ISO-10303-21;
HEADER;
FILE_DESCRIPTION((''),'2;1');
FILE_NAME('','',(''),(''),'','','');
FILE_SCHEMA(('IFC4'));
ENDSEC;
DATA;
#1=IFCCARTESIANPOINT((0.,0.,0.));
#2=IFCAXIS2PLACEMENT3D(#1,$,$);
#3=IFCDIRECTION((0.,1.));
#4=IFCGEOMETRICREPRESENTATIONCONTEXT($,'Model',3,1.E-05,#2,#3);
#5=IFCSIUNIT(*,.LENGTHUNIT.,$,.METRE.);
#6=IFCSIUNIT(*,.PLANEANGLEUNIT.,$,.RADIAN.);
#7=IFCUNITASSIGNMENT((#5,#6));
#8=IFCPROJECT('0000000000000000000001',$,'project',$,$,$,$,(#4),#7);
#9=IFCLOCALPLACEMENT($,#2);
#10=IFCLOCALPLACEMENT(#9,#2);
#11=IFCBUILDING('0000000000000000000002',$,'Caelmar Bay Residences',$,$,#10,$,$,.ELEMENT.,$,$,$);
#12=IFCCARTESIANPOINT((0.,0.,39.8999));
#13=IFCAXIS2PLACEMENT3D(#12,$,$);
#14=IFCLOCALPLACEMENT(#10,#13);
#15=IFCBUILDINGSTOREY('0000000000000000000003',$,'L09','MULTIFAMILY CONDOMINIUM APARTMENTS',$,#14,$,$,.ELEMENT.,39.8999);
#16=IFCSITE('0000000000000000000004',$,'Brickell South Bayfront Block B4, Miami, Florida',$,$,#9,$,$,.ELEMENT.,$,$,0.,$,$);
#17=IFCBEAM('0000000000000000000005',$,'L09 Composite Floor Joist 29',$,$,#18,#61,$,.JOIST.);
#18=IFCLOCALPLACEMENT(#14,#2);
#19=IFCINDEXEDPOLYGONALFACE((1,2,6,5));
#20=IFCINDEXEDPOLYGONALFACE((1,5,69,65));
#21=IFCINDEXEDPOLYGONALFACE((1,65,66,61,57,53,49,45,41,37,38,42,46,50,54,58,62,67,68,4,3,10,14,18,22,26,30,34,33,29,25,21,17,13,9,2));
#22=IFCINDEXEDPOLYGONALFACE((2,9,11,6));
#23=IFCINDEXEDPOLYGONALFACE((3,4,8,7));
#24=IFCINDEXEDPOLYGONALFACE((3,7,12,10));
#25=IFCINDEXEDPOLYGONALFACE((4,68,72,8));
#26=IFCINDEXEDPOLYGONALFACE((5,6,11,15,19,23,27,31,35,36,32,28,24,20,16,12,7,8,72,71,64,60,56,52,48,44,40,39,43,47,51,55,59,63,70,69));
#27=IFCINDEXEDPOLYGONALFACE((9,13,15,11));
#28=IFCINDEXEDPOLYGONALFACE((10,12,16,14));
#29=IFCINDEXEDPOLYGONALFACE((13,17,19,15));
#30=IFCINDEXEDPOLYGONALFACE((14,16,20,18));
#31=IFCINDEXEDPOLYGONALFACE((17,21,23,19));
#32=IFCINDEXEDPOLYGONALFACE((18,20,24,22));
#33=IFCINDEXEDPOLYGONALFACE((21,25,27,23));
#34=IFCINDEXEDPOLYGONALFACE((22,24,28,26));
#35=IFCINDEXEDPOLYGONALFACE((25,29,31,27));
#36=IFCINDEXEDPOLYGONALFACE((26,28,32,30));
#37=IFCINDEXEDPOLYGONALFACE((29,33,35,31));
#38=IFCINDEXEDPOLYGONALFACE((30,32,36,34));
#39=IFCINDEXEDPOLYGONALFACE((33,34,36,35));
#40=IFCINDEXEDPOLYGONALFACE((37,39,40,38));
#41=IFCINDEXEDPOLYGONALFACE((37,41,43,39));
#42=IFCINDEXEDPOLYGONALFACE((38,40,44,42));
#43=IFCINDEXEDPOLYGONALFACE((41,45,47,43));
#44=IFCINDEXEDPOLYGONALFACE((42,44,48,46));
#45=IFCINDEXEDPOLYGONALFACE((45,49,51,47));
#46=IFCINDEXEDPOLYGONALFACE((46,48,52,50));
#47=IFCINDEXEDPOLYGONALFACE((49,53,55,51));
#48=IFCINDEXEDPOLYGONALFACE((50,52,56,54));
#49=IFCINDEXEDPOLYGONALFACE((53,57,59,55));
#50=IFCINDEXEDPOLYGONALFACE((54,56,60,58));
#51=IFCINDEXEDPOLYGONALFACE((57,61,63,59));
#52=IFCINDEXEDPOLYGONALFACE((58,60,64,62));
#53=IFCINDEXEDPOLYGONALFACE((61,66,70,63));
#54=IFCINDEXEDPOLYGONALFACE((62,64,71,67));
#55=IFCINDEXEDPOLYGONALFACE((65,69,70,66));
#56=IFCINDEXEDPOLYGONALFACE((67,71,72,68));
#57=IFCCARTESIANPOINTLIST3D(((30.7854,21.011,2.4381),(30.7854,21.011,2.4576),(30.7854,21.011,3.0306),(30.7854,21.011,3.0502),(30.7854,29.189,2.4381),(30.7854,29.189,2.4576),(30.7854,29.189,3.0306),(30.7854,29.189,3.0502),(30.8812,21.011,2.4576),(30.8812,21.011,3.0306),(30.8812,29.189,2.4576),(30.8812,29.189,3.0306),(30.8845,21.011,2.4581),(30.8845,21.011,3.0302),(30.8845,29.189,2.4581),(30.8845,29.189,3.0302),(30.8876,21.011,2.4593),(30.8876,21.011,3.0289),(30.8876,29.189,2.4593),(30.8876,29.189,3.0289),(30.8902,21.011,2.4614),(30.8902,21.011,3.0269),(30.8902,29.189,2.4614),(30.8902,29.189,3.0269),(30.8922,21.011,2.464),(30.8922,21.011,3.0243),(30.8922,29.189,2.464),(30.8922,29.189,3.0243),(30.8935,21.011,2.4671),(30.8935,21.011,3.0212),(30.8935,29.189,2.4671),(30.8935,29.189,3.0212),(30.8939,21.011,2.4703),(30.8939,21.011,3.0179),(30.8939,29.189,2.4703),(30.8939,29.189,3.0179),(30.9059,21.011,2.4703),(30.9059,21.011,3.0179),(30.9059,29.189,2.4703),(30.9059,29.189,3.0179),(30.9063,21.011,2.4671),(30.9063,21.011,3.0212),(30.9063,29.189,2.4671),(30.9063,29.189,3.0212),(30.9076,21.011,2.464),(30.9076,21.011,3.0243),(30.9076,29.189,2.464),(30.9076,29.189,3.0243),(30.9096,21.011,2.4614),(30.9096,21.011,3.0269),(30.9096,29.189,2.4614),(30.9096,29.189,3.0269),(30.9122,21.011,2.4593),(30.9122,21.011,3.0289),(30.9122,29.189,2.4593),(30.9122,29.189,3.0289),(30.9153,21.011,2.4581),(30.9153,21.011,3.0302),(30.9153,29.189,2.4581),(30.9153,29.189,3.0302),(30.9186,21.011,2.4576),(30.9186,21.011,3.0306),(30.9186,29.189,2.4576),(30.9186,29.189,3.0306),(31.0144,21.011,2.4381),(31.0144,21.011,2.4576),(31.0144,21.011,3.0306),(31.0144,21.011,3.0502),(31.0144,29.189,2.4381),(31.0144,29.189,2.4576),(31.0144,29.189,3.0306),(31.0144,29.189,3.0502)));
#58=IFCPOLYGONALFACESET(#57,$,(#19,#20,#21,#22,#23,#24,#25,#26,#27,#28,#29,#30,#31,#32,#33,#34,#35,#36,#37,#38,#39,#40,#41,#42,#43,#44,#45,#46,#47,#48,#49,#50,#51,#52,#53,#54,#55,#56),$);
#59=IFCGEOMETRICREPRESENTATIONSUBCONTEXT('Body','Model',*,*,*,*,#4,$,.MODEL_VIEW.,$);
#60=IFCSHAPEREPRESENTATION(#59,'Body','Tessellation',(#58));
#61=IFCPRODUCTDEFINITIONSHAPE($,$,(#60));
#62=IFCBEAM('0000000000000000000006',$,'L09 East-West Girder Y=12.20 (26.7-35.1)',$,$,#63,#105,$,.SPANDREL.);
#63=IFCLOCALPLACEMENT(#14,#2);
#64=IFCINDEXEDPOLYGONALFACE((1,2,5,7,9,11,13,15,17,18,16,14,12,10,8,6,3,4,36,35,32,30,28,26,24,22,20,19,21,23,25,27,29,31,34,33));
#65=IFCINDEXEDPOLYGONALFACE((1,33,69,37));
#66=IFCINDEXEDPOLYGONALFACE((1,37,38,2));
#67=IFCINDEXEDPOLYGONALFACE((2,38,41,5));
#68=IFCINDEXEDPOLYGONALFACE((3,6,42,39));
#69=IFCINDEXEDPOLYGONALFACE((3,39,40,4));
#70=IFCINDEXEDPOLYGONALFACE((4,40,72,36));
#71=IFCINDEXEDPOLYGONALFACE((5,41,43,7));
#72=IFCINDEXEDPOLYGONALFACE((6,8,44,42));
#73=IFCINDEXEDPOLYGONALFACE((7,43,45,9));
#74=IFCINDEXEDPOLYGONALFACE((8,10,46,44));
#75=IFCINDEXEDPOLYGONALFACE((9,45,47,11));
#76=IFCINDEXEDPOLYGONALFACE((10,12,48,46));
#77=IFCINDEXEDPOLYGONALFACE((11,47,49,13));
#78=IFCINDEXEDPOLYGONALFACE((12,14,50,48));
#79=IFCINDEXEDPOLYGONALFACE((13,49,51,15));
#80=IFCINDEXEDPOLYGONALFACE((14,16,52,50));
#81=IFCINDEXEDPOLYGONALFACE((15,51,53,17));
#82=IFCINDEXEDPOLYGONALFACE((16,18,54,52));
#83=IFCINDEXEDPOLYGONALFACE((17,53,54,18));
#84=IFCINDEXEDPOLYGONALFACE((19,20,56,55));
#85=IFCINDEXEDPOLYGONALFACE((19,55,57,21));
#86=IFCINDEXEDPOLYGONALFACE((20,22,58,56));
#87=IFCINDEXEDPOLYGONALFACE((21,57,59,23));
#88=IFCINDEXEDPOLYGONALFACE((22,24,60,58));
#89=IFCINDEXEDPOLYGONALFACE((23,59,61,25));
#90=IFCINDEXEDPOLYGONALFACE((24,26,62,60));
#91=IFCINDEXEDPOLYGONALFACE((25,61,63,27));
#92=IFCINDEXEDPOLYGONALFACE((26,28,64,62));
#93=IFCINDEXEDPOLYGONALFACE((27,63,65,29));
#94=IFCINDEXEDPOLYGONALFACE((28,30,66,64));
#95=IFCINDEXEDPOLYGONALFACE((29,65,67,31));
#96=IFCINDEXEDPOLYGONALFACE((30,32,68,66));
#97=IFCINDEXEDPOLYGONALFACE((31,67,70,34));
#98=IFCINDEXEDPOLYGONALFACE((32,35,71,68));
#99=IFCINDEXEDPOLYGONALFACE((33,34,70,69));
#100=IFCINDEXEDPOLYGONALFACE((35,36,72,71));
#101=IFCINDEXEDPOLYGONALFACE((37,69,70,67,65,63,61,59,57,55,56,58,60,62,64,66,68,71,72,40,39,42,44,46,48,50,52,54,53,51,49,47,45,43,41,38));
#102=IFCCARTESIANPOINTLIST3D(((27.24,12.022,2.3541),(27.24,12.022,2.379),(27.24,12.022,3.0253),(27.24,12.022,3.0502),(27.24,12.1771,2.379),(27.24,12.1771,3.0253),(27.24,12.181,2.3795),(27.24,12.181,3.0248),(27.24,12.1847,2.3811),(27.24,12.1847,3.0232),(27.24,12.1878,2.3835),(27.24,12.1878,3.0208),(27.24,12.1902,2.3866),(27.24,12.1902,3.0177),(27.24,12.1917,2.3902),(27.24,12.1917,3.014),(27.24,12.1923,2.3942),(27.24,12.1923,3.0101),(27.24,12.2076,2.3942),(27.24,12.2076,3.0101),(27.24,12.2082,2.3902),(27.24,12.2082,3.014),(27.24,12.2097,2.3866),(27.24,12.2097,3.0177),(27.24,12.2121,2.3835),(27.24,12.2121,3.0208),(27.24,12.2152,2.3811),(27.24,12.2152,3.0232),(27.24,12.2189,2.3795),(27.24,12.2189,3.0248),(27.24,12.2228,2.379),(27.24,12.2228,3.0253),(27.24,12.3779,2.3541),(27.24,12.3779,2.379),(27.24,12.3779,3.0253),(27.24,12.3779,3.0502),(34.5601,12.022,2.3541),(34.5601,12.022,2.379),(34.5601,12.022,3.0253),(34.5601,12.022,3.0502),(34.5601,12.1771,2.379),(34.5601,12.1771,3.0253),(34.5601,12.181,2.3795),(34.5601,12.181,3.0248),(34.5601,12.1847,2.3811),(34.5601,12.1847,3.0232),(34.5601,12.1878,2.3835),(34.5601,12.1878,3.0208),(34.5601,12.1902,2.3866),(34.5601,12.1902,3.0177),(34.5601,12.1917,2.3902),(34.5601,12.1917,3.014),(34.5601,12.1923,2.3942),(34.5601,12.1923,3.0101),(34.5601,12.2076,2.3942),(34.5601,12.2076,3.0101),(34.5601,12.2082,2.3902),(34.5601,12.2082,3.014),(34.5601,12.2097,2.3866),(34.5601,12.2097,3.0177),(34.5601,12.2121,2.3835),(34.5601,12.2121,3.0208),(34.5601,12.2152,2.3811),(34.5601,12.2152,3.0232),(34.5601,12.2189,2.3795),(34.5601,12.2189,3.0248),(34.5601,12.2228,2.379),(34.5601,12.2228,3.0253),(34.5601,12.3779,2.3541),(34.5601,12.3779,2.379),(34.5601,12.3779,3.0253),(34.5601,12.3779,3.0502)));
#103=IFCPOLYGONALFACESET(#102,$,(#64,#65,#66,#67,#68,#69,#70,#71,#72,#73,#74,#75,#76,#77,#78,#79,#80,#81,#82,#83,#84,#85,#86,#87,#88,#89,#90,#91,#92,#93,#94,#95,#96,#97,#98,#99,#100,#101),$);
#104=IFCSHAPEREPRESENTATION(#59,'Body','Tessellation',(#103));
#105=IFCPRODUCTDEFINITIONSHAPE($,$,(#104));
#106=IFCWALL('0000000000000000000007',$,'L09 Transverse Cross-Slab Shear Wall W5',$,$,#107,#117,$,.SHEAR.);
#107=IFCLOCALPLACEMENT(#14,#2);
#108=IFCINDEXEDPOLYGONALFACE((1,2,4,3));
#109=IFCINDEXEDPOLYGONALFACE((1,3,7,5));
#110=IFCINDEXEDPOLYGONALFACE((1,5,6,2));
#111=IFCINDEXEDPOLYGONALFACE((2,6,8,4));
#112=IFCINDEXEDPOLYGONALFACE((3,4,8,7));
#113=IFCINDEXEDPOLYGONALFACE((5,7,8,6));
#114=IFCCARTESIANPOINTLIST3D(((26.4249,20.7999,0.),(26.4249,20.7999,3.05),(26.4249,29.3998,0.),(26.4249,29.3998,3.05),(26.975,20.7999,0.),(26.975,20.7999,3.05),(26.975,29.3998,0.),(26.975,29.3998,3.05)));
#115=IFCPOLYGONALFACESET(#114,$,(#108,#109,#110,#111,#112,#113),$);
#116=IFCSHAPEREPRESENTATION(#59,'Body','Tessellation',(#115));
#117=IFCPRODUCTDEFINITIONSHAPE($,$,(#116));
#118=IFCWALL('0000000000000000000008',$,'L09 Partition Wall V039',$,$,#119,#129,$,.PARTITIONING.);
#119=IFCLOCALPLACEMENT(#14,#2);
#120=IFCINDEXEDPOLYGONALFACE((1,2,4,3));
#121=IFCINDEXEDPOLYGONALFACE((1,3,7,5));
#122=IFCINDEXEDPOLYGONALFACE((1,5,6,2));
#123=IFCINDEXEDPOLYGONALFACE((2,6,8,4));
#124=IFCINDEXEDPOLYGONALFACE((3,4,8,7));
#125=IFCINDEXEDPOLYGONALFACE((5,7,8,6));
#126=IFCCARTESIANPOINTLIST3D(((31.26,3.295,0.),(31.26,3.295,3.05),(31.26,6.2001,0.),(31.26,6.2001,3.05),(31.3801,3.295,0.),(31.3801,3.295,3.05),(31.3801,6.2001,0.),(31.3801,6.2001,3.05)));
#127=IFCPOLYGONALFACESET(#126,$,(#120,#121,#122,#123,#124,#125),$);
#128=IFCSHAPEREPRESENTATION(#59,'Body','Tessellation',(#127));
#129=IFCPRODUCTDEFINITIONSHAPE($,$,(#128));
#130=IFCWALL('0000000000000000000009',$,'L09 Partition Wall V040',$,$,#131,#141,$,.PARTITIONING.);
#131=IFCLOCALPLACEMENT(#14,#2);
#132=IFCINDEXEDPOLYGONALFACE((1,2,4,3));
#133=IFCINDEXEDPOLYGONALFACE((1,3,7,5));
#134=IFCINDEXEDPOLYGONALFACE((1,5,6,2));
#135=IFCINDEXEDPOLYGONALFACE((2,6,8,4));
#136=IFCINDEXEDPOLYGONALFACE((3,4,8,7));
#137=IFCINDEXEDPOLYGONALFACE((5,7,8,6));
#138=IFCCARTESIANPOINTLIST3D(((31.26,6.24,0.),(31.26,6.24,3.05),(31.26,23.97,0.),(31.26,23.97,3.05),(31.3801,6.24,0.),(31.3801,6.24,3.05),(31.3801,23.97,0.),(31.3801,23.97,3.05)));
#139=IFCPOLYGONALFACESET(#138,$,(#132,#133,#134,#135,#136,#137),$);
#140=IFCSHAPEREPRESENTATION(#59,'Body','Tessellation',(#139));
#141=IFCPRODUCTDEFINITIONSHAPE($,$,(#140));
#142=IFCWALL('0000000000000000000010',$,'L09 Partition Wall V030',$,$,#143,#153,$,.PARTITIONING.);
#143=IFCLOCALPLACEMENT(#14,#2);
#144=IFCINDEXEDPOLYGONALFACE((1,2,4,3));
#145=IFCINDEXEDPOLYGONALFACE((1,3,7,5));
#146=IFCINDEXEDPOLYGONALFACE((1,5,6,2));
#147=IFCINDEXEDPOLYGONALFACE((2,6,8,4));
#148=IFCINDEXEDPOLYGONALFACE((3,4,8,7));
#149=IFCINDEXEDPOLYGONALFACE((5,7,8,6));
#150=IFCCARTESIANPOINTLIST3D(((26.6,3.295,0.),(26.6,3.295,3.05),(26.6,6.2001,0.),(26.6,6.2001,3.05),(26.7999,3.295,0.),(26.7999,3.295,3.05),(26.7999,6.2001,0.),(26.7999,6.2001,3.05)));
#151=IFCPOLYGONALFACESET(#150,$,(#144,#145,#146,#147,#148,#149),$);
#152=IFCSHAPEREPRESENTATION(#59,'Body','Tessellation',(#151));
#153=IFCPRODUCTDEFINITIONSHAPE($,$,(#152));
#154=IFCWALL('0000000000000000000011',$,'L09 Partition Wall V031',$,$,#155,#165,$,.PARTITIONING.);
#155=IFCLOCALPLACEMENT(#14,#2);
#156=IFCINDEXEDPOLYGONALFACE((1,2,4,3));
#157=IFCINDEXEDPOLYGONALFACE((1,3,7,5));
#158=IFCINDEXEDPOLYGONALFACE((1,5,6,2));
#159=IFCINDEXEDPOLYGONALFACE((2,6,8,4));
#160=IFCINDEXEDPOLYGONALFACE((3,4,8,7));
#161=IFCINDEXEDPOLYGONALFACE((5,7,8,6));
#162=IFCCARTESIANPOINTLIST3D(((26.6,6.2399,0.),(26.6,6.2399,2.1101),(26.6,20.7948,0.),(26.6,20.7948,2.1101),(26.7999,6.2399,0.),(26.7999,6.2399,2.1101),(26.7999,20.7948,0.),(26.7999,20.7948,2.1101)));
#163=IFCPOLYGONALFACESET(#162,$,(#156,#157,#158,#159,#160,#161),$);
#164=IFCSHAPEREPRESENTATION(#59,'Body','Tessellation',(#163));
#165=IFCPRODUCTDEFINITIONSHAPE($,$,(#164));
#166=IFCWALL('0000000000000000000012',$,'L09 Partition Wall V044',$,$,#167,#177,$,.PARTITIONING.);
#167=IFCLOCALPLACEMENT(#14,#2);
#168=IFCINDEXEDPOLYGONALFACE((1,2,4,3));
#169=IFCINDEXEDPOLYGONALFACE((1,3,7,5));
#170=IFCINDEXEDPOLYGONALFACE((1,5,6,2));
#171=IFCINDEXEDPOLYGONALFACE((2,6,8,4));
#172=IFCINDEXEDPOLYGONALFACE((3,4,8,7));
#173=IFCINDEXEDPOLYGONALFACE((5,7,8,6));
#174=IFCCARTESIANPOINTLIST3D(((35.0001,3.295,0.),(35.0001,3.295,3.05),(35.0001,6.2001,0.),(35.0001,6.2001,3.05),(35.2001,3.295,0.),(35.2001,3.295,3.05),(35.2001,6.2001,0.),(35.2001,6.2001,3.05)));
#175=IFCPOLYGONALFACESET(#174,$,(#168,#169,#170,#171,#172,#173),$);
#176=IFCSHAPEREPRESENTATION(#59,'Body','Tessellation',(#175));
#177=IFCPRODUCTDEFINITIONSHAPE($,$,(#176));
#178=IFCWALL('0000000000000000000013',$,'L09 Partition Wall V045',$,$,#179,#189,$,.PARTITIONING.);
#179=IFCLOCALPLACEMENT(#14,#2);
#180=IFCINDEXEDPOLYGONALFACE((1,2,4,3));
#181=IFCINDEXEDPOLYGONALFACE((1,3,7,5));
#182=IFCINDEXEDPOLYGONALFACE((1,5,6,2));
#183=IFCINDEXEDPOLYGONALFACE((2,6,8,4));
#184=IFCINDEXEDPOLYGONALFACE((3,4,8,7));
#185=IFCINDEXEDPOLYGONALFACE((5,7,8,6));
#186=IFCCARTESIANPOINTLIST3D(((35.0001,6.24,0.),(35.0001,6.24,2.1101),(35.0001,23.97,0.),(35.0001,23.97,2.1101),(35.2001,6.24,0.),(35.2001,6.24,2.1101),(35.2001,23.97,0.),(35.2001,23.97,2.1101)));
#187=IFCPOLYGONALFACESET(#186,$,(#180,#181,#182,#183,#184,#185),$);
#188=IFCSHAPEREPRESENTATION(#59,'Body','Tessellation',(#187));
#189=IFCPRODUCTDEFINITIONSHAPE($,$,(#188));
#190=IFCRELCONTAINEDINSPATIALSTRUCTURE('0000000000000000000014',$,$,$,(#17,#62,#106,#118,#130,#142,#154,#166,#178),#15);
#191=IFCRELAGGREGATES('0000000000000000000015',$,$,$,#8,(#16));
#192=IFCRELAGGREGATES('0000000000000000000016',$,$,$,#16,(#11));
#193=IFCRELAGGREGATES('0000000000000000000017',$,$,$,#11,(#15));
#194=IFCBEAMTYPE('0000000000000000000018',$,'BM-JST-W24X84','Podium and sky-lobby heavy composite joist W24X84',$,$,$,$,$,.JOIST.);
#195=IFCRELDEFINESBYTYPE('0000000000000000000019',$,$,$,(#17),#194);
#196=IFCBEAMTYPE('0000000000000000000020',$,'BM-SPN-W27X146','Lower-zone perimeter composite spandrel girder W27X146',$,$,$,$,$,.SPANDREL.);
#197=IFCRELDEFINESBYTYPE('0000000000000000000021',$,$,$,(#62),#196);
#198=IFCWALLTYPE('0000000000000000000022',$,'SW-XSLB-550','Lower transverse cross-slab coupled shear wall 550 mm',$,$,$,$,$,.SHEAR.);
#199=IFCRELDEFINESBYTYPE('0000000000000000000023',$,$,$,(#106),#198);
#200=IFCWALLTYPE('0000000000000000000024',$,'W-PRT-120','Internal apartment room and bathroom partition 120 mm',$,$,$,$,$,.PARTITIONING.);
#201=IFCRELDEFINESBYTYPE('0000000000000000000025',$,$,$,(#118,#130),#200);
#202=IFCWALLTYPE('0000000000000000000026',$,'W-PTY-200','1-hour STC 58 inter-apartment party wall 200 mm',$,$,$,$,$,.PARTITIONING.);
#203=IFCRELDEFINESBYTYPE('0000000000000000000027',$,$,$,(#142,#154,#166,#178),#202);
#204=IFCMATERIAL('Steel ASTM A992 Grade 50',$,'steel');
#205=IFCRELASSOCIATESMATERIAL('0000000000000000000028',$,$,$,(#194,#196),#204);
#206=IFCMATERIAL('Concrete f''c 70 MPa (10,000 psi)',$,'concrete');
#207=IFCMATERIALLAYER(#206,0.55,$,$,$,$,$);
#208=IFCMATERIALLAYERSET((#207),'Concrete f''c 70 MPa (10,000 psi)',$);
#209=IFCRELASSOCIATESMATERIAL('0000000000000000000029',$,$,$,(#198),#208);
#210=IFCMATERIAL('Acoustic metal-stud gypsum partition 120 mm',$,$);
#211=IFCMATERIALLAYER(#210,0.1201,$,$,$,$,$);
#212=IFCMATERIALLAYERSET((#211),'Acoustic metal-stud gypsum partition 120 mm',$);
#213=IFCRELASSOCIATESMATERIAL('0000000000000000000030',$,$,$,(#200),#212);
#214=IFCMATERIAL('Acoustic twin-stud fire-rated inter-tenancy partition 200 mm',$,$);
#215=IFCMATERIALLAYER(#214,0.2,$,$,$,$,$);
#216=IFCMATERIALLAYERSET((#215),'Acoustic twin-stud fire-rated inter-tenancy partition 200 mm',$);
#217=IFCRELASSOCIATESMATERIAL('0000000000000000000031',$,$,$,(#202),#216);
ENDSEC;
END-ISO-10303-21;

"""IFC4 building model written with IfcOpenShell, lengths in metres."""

from ifc_helpers import new_model, si_unit, direction, frame, frame_2d, origin, origin_2d, place, context, subcontext, project, spatial, rectangle, i_section, extrude, material, layer, layer_set, material_profile, profile_set, type_object, element, save


model = new_model("IFC4")

# Units and contexts
model_context = context("Model", 3, precision=1e-05, world=origin(), true_north=direction((0.0, 1.0)))
body_context = subcontext(model_context, "Body", "Model", "MODEL_VIEW")
ifc_project = project(units=[si_unit("LENGTHUNIT", "METRE"), si_unit("PLANEANGLEUNIT", "RADIAN")], contexts=[model_context])

# Site, building, storey
site_placement = place(None, origin())
site = spatial("IfcSite", under=ifc_project, at=site_placement, Name="Brickell South Bayfront Block B4, Miami, Florida", CompositionType="ELEMENT", RefElevation=0.0)
building_placement = place(site_placement, origin())
building = spatial("IfcBuilding", under=site, at=building_placement, Name="Caelmar Bay Residences", CompositionType="ELEMENT")
storey_placement = place(building_placement, frame((0.0, 0.0, 39.8999)))
storey = spatial("IfcBuildingStorey", under=building, at=storey_placement, Name="L09", Description="MULTIFAMILY CONDOMINIUM APARTMENTS", CompositionType="ELEMENT", Elevation=39.8999)

# Shared definitions
ifc_material_1 = material(Name="Concrete f'c 70 MPa (10,000 psi)", Category="concrete")

# Beams
ifc_material_2 = material(Name="Steel ASTM A992 Grade 50", Category="steel")
ifc_material_profile_1 = material_profile(ifc_material_2, i_section(OverallWidth=0.229, OverallDepth=0.6121, WebThickness=0.012, FlangeThickness=0.0195, FilletRadius=0.0127, at=origin_2d()), Name="W24X84")
ifc_profile_set_1 = profile_set([ifc_material_profile_1], Name="Steel ASTM A992 Grade 50")
beam_type_1 = type_object("IfcBeamType", Name="BM-JST-W24X84", Description="Podium and sky-lobby heavy composite joist W24X84", PredefinedType="JOIST", material=ifc_profile_set_1)
for number, where, z_axis, x_axis, name in (
    (1, (30.8999, 21.011, 2.7441), (0.0, 1.0, 0.0), (-1.0, 0.0, 0.0), "L09 Composite Floor Joist 29"),
):
    element("IfcBeam", number, at=place(storey_placement, frame(where, z_axis=z_axis, x_axis=x_axis)), inside=storey, type_object=beam_type_1, Name=name, PredefinedType="JOIST", context=body_context, shape_type="SweptSolid", body=[
        extrude(i_section(OverallWidth=0.229, OverallDepth=0.6121, WebThickness=0.012, FlangeThickness=0.0195, FilletRadius=0.0127, at=origin_2d()), origin(), (0.0, 0.0, 1.0), 8.178),
    ])
ifc_material_profile_2 = material_profile(ifc_material_2, i_section(OverallWidth=0.356, OverallDepth=0.696, WebThickness=0.0154, FlangeThickness=0.0249, FilletRadius=0.0151, at=origin_2d()), Name="W27X146")
ifc_profile_set_2 = profile_set([ifc_material_profile_2], Name="Steel ASTM A992 Grade 50")
beam_type_2 = type_object("IfcBeamType", Name="BM-SPN-W27X146", Description="Lower-zone perimeter composite spandrel girder W27X146", PredefinedType="SPANDREL", material=ifc_profile_set_2)
beam_1_placement = place(storey_placement, frame((27.24, 12.2, 2.7021), z_axis=(1.0, 0.0, 0.0), x_axis=(0.0, 1.0, 0.0)))
element("IfcBeam", 2, at=beam_1_placement, inside=storey, type_object=beam_type_2, Name="L09 East-West Girder Y=12.20 (26.7-35.1)", PredefinedType="SPANDREL", context=body_context, shape_type="SweptSolid", body=[
    extrude(i_section(OverallWidth=0.356, OverallDepth=0.696, WebThickness=0.0154, FlangeThickness=0.0249, FilletRadius=0.0151, at=origin_2d()), origin(), (0.0, 0.0, 1.0), 7.3201),
])

# Walls
ifc_layer_1 = layer(ifc_material_1, 0.55)
ifc_layer_set_1 = layer_set([ifc_layer_1], Name="Concrete f'c 70 MPa (10,000 psi)")
wall_type_1 = type_object("IfcWallType", Name="SW-XSLB-550", Description="Lower transverse cross-slab coupled shear wall 550 mm", PredefinedType="SHEAR", material=ifc_layer_set_1)
wall_1_placement = place(storey_placement, frame((26.7, 20.8, 0.0), z_axis=(0.0, 0.0, 1.0), x_axis=(0.0, 1.0, 0.0)))
element("IfcWall", 3, at=wall_1_placement, inside=storey, type_object=wall_type_1, Name="L09 Transverse Cross-Slab Shear Wall W5", PredefinedType="SHEAR", context=body_context, shape_type="SweptSolid", body=[
    extrude(rectangle(XDim=8.5999, YDim=0.55, at=frame_2d((4.2998, 0.0))), origin(), (0.0, 0.0, 1.0), 3.05),
])
ifc_material_3 = material(Name="Acoustic metal-stud gypsum partition 120 mm")
ifc_layer_2 = layer(ifc_material_3, 0.1201)
ifc_layer_set_2 = layer_set([ifc_layer_2], Name="Acoustic metal-stud gypsum partition 120 mm")
wall_type_2 = type_object("IfcWallType", Name="W-PRT-120", Description="Internal apartment room and bathroom partition 120 mm", PredefinedType="PARTITIONING", material=ifc_layer_set_2)
wall_2_placement = place(storey_placement, frame((31.3201, 3.2949, 0.0), z_axis=(0.0, 0.0, 1.0), x_axis=(0.0, 1.0, 0.0)))
element("IfcWall", 4, at=wall_2_placement, inside=storey, type_object=wall_type_2, Name="L09 Partition Wall V039", PredefinedType="PARTITIONING", context=body_context, shape_type="SweptSolid", body=[
    extrude(rectangle(XDim=2.905, YDim=0.1201, at=frame_2d((1.4526, 0.0))), origin(), (0.0, 0.0, 1.0), 3.05),
])
wall_3_placement = place(storey_placement, frame((31.3201, 6.24, 0.0), z_axis=(0.0, 0.0, 1.0), x_axis=(0.0, 1.0, 0.0)))
element("IfcWall", 5, at=wall_3_placement, inside=storey, type_object=wall_type_2, Name="L09 Partition Wall V040", PredefinedType="PARTITIONING", context=body_context, shape_type="SweptSolid", body=[
    extrude(rectangle(XDim=17.73, YDim=0.1201, at=frame_2d((8.865, 0.0))), origin(), (0.0, 0.0, 1.0), 3.05),
])

# Walls
ifc_material_4 = material(Name="Acoustic twin-stud fire-rated inter-tenancy partition 200 mm")
ifc_layer_3 = layer(ifc_material_4, 0.2)
ifc_layer_set_3 = layer_set([ifc_layer_3], Name="Acoustic twin-stud fire-rated inter-tenancy partition 200 mm")
wall_type_3 = type_object("IfcWallType", Name="W-PTY-200", Description="1-hour STC 58 inter-apartment party wall 200 mm", PredefinedType="PARTITIONING", material=ifc_layer_set_3)
wall_4_placement = place(storey_placement, frame((26.7, 3.2949, 0.0), z_axis=(0.0, 0.0, 1.0), x_axis=(0.0, 1.0, 0.0)))
element("IfcWall", 6, at=wall_4_placement, inside=storey, type_object=wall_type_3, Name="L09 Partition Wall V030", PredefinedType="PARTITIONING", context=body_context, shape_type="SweptSolid", body=[
    extrude(rectangle(XDim=2.905, YDim=0.2, at=frame_2d((1.4526, 0.0))), origin(), (0.0, 0.0, 1.0), 3.05),
])
wall_5_placement = place(storey_placement, frame((26.7, 6.24, 0.0), z_axis=(0.0, 0.0, 1.0), x_axis=(0.0, 1.0, 0.0)))
element("IfcWall", 7, at=wall_5_placement, inside=storey, type_object=wall_type_3, Name="L09 Partition Wall V031", PredefinedType="PARTITIONING", context=body_context, shape_type="SweptSolid", body=[
    extrude(rectangle(XDim=14.5549, YDim=0.2, at=frame_2d((7.2773, 0.0))), origin(), (0.0, 0.0, 1.0), 2.1101),
])
wall_6_placement = place(storey_placement, frame((35.1001, 3.2949, 0.0), z_axis=(0.0, 0.0, 1.0), x_axis=(0.0, 1.0, 0.0)))
element("IfcWall", 8, at=wall_6_placement, inside=storey, type_object=wall_type_3, Name="L09 Partition Wall V044", PredefinedType="PARTITIONING", context=body_context, shape_type="SweptSolid", body=[
    extrude(rectangle(XDim=2.905, YDim=0.2, at=frame_2d((1.4526, 0.0))), origin(), (0.0, 0.0, 1.0), 3.05),
])
wall_7_placement = place(storey_placement, frame((35.1001, 6.24, 0.0), z_axis=(0.0, 0.0, 1.0), x_axis=(0.0, 1.0, 0.0)))
element("IfcWall", 9, at=wall_7_placement, inside=storey, type_object=wall_type_3, Name="L09 Partition Wall V045", PredefinedType="PARTITIONING", context=body_context, shape_type="SweptSolid", body=[
    extrude(rectangle(XDim=17.73, YDim=0.2, at=frame_2d((8.865, 0.0))), origin(), (0.0, 0.0, 1.0), 2.1101),
])

save(model, "model.ifc")
